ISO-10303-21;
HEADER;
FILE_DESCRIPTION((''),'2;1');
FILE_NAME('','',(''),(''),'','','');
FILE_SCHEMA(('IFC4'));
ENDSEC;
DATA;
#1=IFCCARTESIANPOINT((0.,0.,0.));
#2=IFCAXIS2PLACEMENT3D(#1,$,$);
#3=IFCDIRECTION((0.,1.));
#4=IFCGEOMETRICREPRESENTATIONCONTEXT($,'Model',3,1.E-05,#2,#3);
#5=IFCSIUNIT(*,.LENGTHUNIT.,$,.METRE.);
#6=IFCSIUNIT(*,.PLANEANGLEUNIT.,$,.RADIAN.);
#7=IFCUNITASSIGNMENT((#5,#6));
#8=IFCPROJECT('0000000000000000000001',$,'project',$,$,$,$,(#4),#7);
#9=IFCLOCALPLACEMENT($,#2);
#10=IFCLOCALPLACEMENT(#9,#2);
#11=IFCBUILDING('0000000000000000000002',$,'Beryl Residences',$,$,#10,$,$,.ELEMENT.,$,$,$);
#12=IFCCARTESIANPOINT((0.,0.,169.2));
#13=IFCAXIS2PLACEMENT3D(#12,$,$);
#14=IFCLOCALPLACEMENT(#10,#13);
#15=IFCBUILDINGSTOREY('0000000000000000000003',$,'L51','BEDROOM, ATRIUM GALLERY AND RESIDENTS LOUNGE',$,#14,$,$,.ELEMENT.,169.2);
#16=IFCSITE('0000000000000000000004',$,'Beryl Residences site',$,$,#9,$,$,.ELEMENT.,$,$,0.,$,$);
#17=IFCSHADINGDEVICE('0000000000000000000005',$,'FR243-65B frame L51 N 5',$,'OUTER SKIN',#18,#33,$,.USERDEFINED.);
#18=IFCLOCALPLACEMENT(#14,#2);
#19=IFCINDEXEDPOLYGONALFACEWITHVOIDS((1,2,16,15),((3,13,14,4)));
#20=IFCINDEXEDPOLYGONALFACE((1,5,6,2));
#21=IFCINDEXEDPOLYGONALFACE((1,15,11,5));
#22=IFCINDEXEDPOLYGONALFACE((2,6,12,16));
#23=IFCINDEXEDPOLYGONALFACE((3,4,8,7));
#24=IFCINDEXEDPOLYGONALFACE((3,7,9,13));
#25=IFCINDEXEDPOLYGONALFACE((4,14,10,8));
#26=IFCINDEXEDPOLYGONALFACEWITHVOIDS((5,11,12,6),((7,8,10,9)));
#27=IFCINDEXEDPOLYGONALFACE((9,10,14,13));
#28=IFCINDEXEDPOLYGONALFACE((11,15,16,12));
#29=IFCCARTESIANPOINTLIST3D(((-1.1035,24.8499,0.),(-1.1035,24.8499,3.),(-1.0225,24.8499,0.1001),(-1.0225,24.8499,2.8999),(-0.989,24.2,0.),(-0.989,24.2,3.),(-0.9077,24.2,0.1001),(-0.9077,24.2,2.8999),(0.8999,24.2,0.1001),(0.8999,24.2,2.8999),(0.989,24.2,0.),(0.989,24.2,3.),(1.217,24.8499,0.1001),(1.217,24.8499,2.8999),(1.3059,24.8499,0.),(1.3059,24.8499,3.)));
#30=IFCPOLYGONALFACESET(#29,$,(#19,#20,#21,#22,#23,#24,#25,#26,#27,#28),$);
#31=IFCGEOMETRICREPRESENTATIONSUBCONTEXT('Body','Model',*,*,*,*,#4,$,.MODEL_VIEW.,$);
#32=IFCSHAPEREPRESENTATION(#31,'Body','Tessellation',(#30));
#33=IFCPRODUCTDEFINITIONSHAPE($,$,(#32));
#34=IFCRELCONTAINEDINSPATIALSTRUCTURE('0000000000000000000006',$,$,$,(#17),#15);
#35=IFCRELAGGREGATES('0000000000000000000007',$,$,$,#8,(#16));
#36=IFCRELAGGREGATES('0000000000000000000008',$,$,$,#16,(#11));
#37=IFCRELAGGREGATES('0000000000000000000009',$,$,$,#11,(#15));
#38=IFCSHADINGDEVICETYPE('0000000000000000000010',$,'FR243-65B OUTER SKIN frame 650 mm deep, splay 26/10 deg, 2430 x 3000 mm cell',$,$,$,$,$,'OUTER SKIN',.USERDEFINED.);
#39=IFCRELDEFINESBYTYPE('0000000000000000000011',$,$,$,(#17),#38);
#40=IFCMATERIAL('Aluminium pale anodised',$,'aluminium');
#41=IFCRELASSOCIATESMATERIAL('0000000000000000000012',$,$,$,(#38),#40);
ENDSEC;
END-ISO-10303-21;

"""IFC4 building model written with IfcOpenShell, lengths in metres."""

from ifc_helpers import new_model, entity, si_unit, direction, frame, origin, place, context, subcontext, project, spatial, source, transform, mapped, material, type_object, type_shapes, element, save


model = new_model("IFC4")

# Units and contexts
model_context = context("Model", 3, precision=1e-05, world=origin(), true_north=direction((0.0, 1.0)))
body_context = subcontext(model_context, "Body", "Model", "MODEL_VIEW")
ifc_project = project(units=[si_unit("LENGTHUNIT", "METRE"), si_unit("PLANEANGLEUNIT", "RADIAN")], contexts=[model_context])

# Site, building, storey
site_placement = place(None, origin())
site = spatial("IfcSite", under=ifc_project, at=site_placement, Name="Beryl Residences site", CompositionType="ELEMENT", RefElevation=0.0)
building_placement = place(site_placement, origin())
building = spatial("IfcBuilding", under=site, at=building_placement, Name="Beryl Residences", CompositionType="ELEMENT")
storey_placement = place(building_placement, frame((0.0, 0.0, 169.2)))
storey = spatial("IfcBuildingStorey", under=building, at=storey_placement, Name="L51", Description="BEDROOM, ATRIUM GALLERY AND RESIDENTS LOUNGE", CompositionType="ELEMENT", Elevation=169.2)

# Shading device
ifc_material_1 = material(Name="Aluminium pale anodised", Category="aluminium")
shading_device_type = type_object("IfcShadingDeviceType", Name="FR243-65B OUTER SKIN frame 650 mm deep, splay 26/10 deg, 2430 x 3000 mm cell", ElementType="OUTER SKIN", PredefinedType="USERDEFINED", material=ifc_material_1)
cartesian_point_1 = entity("IfcCartesianPoint", [-0.989, 0.0])
cartesian_point_2 = entity("IfcCartesianPoint", [-0.8999, 0.1001])
cartesian_point_3 = entity("IfcCartesianPoint", [-1.3059, 0.0])
cartesian_point_4 = entity("IfcCartesianPoint", [-1.217, 0.1001])
shared_shape = source(origin(), body_context, "Body", "SweptSolid", [
    entity("IfcExtrudedAreaSolidTapered", entity("IfcArbitraryProfileDefWithVoids", "AREA", None, entity("IfcPolyline", [cartesian_point_1, entity("IfcCartesianPoint", [0.989, 0.0]), entity("IfcCartesianPoint", [0.989, 3.0]), entity("IfcCartesianPoint", [-0.989, 3.0]), cartesian_point_1]), [entity("IfcPolyline", [cartesian_point_2, entity("IfcCartesianPoint", [0.9077, 0.1001]), entity("IfcCartesianPoint", [0.9077, 2.8999]), entity("IfcCartesianPoint", [-0.8999, 2.8999]), cartesian_point_2])]), entity("IfcAxis2Placement3D", entity("IfcCartesianPoint", [0.0, 0.0, 0.0]), entity("IfcDirection", [0.0, 1.0, 0.0]), entity("IfcDirection", [-1.0, 0.0, 0.0])), entity("IfcDirection", [0.0, 0.0, 1.0]), 0.6499, entity("IfcArbitraryProfileDefWithVoids", "AREA", None, entity("IfcPolyline", [cartesian_point_3, entity("IfcCartesianPoint", [1.1035, 0.0]), entity("IfcCartesianPoint", [1.1035, 3.0]), entity("IfcCartesianPoint", [-1.3059, 3.0]), cartesian_point_3]), [entity("IfcPolyline", [cartesian_point_4, entity("IfcCartesianPoint", [1.0225, 0.1001]), entity("IfcCartesianPoint", [1.0225, 2.8999]), entity("IfcCartesianPoint", [-1.217, 2.8999]), cartesian_point_4])])),
])
type_shapes(shading_device_type, [shared_shape])
for number, where, z_axis, x_axis, name in (
    (1, (0.0, 24.2, 0.0), (0.0, 0.0, 1.0), (1.0, 0.0, 0.0), "FR243-65B frame L51 N 5"),
):
    element("IfcShadingDevice", number, at=place(storey_placement, frame(where, z_axis=z_axis, x_axis=x_axis)), inside=storey, type_object=shading_device_type, Name=name, ObjectType="OUTER SKIN", PredefinedType="USERDEFINED", context=body_context, shape_type="MappedRepresentation", body=[
        mapped(shared_shape, transform((0.0, 0.0, 0.0))),
    ])

save(model, "model.ifc")
